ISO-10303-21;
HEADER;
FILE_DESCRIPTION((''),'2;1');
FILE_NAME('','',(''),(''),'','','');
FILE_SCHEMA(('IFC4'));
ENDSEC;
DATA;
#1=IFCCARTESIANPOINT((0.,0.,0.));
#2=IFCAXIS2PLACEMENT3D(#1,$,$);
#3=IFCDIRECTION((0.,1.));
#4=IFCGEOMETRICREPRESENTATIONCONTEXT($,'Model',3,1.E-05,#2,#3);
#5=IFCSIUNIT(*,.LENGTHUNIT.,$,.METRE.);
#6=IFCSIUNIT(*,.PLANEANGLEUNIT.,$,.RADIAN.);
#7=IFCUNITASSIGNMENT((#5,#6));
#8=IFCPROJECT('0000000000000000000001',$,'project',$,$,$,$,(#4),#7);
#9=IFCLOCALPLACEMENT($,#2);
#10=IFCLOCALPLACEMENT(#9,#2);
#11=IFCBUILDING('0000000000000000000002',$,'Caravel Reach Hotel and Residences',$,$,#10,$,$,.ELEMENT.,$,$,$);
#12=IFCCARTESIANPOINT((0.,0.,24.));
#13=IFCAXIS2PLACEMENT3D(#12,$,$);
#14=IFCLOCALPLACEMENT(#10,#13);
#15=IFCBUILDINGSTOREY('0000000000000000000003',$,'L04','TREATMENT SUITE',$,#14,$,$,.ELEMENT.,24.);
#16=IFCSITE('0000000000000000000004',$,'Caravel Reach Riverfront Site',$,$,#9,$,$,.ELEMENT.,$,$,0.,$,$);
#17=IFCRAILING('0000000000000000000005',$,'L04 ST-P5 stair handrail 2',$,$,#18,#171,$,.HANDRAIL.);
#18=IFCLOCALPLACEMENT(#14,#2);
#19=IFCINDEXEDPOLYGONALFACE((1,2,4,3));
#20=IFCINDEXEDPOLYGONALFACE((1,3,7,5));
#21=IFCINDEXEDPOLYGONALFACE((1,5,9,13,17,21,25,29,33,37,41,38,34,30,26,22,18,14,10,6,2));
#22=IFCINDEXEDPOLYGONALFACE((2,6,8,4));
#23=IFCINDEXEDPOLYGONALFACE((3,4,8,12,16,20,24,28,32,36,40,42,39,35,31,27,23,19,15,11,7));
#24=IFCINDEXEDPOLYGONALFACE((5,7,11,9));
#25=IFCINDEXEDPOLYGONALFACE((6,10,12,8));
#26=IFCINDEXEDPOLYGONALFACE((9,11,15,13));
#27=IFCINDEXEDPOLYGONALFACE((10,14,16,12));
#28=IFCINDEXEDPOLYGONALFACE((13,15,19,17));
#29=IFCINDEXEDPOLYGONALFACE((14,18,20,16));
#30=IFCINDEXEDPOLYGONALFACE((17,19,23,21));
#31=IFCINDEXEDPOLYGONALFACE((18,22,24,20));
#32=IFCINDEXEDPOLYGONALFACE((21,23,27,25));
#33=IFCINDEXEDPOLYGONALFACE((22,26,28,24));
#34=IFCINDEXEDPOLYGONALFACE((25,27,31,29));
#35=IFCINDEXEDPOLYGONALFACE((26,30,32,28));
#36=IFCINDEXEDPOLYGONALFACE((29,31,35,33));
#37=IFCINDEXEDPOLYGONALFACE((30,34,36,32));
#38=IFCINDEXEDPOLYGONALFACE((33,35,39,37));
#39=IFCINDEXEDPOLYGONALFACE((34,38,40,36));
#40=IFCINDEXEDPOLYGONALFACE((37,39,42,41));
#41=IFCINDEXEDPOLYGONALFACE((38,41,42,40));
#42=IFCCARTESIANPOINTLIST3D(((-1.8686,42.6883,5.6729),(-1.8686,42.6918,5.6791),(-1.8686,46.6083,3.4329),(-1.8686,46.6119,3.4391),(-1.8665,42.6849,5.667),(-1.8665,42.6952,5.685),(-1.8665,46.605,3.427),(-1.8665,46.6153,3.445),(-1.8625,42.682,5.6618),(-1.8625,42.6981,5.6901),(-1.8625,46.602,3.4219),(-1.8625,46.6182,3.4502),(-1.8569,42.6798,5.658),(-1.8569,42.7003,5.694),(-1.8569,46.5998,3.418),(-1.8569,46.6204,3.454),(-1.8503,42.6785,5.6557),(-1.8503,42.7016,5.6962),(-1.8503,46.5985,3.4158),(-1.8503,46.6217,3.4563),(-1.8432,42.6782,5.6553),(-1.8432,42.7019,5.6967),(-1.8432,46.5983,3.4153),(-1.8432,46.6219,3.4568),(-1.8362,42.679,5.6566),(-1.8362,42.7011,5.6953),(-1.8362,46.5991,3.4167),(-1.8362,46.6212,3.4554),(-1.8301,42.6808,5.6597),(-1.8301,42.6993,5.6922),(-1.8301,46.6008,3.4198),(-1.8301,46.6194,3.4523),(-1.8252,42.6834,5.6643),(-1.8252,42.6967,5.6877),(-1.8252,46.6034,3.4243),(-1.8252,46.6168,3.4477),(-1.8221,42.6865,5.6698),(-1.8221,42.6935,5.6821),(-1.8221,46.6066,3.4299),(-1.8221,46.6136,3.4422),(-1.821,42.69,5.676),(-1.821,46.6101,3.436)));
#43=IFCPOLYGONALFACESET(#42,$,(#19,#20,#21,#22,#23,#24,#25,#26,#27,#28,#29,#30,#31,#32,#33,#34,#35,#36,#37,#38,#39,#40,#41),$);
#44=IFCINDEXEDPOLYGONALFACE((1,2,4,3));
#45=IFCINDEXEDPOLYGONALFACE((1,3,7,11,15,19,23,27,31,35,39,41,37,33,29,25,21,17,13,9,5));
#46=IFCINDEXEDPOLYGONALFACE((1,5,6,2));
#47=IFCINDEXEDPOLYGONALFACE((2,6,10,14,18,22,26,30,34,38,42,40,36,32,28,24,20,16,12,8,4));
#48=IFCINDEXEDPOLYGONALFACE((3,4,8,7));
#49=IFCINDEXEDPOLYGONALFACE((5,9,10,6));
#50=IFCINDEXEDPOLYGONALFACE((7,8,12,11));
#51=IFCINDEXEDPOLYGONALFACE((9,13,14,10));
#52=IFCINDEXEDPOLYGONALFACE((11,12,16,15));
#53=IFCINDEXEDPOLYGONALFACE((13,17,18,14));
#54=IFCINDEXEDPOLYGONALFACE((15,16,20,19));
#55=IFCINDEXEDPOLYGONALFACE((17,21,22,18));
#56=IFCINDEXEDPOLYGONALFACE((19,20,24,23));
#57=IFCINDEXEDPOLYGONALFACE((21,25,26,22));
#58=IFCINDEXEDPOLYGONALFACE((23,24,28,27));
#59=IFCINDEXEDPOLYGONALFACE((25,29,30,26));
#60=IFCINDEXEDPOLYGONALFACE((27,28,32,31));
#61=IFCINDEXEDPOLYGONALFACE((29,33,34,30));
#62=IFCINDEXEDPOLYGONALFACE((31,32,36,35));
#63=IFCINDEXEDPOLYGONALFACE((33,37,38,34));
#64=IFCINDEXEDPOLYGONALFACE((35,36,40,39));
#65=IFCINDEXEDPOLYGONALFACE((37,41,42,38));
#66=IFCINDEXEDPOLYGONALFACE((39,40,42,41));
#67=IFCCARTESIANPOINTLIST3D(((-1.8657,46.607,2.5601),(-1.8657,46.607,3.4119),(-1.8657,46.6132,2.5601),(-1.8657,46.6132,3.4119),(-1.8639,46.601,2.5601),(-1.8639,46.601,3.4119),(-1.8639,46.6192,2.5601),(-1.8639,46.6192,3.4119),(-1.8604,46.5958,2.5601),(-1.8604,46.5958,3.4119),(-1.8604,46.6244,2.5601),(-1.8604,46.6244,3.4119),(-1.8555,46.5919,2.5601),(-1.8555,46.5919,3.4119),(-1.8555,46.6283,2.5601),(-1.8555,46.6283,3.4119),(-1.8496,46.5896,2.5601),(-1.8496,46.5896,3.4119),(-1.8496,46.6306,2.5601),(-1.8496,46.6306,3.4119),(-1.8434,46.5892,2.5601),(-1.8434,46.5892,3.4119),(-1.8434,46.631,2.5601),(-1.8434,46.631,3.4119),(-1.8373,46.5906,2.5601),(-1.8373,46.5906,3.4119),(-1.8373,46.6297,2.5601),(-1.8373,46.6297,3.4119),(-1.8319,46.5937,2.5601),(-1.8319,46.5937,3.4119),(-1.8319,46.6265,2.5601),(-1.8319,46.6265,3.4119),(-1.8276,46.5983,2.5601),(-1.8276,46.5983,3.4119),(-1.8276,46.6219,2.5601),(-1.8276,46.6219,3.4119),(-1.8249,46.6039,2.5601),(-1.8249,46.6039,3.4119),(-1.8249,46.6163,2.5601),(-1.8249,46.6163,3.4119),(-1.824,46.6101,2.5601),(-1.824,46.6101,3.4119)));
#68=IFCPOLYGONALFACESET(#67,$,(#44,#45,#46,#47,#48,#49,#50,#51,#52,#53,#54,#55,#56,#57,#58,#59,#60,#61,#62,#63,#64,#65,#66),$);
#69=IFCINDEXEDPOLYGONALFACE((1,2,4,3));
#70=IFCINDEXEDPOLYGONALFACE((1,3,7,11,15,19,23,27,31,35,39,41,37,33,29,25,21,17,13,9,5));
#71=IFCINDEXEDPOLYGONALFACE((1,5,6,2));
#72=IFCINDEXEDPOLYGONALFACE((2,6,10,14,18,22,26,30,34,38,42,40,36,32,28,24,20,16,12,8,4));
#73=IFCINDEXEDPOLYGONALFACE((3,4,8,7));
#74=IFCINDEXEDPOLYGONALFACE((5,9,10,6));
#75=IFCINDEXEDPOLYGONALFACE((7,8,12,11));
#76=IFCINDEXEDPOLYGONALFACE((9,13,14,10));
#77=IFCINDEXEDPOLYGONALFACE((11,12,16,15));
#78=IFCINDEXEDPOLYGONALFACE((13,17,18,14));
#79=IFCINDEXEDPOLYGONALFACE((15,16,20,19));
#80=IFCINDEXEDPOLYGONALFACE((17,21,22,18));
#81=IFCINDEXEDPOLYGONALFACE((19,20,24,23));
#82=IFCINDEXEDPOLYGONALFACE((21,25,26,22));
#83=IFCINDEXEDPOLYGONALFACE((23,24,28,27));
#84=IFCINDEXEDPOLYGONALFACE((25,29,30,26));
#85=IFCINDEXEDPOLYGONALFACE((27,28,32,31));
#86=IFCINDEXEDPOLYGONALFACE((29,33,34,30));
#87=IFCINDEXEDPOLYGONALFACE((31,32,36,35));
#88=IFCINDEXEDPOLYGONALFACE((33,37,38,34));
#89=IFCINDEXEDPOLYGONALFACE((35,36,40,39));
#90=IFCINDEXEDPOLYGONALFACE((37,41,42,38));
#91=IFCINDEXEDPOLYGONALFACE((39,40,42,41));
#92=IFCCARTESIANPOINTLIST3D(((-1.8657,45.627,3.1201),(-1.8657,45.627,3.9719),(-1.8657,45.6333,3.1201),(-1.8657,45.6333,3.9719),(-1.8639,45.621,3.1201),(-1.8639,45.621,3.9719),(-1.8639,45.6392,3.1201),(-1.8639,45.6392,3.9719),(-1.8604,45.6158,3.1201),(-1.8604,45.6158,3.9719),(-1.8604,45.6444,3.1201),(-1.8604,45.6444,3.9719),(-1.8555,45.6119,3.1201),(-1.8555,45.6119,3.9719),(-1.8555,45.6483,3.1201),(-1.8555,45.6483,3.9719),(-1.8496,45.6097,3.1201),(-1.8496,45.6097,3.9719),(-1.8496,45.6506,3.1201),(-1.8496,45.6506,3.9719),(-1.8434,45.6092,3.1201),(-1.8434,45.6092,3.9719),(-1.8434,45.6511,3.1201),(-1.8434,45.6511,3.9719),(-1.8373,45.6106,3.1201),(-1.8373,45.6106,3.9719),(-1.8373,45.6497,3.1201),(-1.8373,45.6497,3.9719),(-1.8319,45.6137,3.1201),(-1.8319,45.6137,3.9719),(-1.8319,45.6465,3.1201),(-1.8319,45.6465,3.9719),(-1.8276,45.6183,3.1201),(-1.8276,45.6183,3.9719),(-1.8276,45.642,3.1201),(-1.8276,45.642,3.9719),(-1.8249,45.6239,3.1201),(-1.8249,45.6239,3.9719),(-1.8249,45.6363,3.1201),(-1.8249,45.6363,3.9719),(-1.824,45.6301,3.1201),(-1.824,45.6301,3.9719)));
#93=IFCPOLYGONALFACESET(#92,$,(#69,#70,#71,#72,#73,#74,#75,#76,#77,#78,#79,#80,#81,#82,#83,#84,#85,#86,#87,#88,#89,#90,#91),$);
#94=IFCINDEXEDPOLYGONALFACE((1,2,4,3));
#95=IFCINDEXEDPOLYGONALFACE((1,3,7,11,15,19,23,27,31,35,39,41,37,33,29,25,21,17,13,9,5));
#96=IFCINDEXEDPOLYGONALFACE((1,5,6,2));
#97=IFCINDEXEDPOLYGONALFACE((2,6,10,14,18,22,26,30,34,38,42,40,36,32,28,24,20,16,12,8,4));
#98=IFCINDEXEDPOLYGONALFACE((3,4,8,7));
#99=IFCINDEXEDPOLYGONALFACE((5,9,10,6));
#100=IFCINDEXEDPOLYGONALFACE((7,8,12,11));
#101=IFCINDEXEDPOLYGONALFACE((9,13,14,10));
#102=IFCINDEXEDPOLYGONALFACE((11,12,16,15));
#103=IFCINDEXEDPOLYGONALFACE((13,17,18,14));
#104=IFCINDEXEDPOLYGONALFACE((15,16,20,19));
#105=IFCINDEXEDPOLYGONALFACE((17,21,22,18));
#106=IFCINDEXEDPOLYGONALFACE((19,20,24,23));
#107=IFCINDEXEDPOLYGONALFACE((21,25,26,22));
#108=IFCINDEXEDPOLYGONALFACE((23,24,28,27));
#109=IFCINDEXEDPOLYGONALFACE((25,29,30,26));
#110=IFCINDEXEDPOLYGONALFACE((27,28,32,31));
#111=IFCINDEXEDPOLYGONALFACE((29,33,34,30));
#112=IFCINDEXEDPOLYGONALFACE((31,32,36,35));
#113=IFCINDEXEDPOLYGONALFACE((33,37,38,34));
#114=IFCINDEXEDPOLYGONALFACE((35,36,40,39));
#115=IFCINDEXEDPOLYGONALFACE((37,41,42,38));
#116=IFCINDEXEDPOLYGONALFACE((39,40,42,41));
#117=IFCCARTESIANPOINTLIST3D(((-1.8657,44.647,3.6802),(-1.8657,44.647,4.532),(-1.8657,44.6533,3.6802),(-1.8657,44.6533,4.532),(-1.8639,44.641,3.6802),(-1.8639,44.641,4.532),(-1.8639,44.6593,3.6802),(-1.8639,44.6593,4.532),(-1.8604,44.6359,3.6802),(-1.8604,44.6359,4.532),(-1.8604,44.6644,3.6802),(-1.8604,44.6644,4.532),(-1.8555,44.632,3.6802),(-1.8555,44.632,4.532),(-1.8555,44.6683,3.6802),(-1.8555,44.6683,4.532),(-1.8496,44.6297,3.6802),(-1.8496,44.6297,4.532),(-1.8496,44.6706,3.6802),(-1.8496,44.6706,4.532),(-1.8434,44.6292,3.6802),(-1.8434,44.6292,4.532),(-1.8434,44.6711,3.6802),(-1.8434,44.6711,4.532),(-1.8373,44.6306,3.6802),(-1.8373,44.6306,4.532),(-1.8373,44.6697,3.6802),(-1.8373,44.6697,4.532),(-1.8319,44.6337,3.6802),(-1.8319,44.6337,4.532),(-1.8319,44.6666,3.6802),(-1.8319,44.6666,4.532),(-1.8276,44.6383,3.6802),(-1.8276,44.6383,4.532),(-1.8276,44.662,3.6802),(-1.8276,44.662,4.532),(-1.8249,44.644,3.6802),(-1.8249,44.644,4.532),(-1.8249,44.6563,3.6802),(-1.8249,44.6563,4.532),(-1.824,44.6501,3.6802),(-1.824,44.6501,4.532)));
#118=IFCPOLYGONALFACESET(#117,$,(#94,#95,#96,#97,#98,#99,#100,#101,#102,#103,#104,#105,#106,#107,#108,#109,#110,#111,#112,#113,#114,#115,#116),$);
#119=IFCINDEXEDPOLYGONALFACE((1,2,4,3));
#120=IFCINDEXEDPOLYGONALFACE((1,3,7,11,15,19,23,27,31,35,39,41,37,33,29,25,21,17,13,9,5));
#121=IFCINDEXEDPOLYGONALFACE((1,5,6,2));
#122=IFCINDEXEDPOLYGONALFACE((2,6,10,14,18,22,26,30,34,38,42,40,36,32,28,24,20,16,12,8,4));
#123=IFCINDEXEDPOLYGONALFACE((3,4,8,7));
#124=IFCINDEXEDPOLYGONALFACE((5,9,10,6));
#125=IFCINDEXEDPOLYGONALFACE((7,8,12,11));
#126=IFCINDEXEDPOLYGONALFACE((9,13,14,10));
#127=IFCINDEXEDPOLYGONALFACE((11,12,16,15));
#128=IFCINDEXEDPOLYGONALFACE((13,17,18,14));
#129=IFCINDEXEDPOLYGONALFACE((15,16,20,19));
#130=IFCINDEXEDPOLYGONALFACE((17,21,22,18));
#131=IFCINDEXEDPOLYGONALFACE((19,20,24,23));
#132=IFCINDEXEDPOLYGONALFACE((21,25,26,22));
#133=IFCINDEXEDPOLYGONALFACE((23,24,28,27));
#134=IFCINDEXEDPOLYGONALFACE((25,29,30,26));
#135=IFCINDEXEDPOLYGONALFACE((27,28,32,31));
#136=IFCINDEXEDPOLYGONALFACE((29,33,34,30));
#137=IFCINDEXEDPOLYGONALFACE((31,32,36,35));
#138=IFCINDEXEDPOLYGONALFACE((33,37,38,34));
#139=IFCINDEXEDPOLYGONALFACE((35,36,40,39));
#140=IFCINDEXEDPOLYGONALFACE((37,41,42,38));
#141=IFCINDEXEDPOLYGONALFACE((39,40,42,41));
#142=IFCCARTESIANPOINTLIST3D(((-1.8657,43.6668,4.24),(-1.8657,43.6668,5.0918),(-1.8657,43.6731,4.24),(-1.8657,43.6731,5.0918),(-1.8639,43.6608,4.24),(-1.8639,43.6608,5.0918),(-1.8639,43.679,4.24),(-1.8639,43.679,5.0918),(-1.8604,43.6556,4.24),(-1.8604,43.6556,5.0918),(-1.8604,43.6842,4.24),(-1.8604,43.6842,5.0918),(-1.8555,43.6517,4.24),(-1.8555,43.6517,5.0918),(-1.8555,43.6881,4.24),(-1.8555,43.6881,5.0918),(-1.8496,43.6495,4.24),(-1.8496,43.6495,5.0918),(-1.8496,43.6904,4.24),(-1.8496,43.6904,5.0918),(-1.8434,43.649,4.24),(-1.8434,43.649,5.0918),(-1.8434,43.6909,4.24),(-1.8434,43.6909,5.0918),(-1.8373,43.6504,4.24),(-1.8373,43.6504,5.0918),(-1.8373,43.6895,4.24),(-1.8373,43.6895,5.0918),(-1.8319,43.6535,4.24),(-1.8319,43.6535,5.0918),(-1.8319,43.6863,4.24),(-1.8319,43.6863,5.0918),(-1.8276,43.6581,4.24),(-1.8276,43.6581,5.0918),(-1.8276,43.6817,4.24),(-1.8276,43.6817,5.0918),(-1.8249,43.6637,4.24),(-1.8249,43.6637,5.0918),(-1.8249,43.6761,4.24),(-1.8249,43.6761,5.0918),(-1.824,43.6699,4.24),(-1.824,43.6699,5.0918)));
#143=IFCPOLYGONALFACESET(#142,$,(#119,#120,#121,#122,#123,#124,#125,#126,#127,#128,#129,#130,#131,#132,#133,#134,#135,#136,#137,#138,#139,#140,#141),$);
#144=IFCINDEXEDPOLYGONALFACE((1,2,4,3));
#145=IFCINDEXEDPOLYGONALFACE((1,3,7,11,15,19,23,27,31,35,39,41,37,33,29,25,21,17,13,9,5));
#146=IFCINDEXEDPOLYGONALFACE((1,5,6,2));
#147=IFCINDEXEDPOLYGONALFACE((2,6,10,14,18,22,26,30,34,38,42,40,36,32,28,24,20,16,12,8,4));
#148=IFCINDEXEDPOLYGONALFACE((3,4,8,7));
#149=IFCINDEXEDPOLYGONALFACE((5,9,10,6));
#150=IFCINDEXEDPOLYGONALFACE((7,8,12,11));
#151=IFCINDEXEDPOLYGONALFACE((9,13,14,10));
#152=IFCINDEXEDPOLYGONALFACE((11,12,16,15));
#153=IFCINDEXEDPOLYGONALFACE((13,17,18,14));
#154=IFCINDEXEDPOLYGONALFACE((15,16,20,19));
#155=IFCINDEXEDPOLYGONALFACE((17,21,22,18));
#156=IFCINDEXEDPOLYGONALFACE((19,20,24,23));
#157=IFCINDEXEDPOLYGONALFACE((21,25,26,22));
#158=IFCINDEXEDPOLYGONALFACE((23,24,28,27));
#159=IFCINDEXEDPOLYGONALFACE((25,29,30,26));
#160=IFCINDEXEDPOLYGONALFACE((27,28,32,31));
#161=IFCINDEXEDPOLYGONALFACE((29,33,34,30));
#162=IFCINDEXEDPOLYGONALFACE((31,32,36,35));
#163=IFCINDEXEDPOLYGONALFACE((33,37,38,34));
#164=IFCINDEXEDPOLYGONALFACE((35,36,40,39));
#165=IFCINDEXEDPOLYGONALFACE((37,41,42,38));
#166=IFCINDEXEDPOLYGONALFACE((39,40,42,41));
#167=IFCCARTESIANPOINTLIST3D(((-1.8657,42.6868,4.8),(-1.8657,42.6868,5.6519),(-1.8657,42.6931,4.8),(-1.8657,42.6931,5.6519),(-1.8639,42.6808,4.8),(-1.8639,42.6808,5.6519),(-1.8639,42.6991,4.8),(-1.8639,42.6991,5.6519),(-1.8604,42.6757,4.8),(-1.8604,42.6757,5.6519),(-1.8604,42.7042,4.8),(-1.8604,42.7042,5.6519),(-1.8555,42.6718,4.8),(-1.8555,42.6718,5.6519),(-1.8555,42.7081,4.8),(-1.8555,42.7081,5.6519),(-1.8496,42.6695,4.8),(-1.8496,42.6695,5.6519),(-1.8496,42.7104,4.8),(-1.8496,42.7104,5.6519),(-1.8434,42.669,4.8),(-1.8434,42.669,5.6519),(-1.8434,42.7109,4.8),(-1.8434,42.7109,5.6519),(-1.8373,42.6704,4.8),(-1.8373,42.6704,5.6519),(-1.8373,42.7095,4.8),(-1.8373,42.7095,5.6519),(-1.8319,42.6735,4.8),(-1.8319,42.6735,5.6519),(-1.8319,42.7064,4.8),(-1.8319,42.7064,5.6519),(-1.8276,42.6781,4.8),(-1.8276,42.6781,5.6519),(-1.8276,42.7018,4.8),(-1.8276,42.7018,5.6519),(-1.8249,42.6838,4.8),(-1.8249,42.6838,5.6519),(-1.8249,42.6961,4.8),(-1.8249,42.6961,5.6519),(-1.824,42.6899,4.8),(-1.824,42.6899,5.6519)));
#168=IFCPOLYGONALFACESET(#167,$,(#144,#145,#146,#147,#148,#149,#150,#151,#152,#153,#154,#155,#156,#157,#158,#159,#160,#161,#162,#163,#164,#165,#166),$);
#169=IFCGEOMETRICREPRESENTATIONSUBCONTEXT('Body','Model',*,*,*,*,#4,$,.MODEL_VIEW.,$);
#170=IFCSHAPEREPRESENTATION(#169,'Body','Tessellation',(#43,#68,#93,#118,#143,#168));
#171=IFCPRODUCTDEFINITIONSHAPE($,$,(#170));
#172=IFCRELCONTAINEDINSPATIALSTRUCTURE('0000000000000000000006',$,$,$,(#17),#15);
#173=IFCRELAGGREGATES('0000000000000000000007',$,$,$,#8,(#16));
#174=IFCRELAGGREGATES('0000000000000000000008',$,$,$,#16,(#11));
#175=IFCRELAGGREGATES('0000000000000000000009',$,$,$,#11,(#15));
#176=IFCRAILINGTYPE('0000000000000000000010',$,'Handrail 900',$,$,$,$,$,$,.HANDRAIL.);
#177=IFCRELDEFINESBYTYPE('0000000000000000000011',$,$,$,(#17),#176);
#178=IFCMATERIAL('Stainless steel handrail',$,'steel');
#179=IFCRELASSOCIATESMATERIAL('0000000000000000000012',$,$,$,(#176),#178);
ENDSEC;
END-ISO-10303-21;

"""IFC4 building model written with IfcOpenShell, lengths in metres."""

from ifc_helpers import new_model, si_unit, direction, frame, origin, origin_2d, place, context, subcontext, project, spatial, circle, extrude, material, type_object, element, save


model = new_model("IFC4")

# Units and contexts
model_context = context("Model", 3, precision=1e-05, world=origin(), true_north=direction((0.0, 1.0)))
body_context = subcontext(model_context, "Body", "Model", "MODEL_VIEW")
ifc_project = project(units=[si_unit("LENGTHUNIT", "METRE"), si_unit("PLANEANGLEUNIT", "RADIAN")], contexts=[model_context])

# Site, building, storey
site_placement = place(None, origin())
site = spatial("IfcSite", under=ifc_project, at=site_placement, Name="Caravel Reach Riverfront Site", CompositionType="ELEMENT", RefElevation=0.0)
building_placement = place(site_placement, origin())
building = spatial("IfcBuilding", under=site, at=building_placement, Name="Caravel Reach Hotel and Residences", CompositionType="ELEMENT")
storey_placement = place(building_placement, frame((0.0, 0.0, 24.0)))
storey = spatial("IfcBuildingStorey", under=building, at=storey_placement, Name="L04", Description="TREATMENT SUITE", CompositionType="ELEMENT", Elevation=24.0)

# Railing
ifc_material_1 = material(Name="Stainless steel handrail", Category="steel")
railing_type_1 = type_object("IfcRailingType", Name="Handrail 900", PredefinedType="HANDRAIL", material=ifc_material_1)
railing_1_placement = place(storey_placement, frame((-1.845, 46.6101, 2.5601)))
element("IfcRailing", 1, at=railing_1_placement, inside=storey, type_object=railing_type_1, Name="L04 ST-P5 stair handrail 2", PredefinedType="HANDRAIL", context=body_context, shape_type="SweptSolid", body=[
    extrude(circle(Radius=0.0239, at=origin_2d()), frame((0.0, 0.0, 0.876), z_axis=(0.0, -0.868253, 0.496121), x_axis=(1.0, 0.0, 0.0)), (0.0, 0.0, 1.0), 4.5149),
    extrude(circle(Radius=0.021, at=origin_2d()), origin(), (0.0, 0.0, 1.0), 0.8518),
    extrude(circle(Radius=0.021, at=origin_2d()), frame((0.0, -0.98, 0.5601)), (0.0, 0.0, 1.0), 0.8518),
    extrude(circle(Radius=0.021, at=origin_2d()), frame((0.0, -1.96, 1.1201)), (0.0, 0.0, 1.0), 0.8518),
    extrude(circle(Radius=0.021, at=origin_2d()), frame((0.0, -2.9402, 1.6799)), (0.0, 0.0, 1.0), 0.8518),
    extrude(circle(Radius=0.021, at=origin_2d()), frame((0.0, -3.9202, 2.24)), (0.0, 0.0, 1.0), 0.8518),
])

save(model, "model.ifc")
